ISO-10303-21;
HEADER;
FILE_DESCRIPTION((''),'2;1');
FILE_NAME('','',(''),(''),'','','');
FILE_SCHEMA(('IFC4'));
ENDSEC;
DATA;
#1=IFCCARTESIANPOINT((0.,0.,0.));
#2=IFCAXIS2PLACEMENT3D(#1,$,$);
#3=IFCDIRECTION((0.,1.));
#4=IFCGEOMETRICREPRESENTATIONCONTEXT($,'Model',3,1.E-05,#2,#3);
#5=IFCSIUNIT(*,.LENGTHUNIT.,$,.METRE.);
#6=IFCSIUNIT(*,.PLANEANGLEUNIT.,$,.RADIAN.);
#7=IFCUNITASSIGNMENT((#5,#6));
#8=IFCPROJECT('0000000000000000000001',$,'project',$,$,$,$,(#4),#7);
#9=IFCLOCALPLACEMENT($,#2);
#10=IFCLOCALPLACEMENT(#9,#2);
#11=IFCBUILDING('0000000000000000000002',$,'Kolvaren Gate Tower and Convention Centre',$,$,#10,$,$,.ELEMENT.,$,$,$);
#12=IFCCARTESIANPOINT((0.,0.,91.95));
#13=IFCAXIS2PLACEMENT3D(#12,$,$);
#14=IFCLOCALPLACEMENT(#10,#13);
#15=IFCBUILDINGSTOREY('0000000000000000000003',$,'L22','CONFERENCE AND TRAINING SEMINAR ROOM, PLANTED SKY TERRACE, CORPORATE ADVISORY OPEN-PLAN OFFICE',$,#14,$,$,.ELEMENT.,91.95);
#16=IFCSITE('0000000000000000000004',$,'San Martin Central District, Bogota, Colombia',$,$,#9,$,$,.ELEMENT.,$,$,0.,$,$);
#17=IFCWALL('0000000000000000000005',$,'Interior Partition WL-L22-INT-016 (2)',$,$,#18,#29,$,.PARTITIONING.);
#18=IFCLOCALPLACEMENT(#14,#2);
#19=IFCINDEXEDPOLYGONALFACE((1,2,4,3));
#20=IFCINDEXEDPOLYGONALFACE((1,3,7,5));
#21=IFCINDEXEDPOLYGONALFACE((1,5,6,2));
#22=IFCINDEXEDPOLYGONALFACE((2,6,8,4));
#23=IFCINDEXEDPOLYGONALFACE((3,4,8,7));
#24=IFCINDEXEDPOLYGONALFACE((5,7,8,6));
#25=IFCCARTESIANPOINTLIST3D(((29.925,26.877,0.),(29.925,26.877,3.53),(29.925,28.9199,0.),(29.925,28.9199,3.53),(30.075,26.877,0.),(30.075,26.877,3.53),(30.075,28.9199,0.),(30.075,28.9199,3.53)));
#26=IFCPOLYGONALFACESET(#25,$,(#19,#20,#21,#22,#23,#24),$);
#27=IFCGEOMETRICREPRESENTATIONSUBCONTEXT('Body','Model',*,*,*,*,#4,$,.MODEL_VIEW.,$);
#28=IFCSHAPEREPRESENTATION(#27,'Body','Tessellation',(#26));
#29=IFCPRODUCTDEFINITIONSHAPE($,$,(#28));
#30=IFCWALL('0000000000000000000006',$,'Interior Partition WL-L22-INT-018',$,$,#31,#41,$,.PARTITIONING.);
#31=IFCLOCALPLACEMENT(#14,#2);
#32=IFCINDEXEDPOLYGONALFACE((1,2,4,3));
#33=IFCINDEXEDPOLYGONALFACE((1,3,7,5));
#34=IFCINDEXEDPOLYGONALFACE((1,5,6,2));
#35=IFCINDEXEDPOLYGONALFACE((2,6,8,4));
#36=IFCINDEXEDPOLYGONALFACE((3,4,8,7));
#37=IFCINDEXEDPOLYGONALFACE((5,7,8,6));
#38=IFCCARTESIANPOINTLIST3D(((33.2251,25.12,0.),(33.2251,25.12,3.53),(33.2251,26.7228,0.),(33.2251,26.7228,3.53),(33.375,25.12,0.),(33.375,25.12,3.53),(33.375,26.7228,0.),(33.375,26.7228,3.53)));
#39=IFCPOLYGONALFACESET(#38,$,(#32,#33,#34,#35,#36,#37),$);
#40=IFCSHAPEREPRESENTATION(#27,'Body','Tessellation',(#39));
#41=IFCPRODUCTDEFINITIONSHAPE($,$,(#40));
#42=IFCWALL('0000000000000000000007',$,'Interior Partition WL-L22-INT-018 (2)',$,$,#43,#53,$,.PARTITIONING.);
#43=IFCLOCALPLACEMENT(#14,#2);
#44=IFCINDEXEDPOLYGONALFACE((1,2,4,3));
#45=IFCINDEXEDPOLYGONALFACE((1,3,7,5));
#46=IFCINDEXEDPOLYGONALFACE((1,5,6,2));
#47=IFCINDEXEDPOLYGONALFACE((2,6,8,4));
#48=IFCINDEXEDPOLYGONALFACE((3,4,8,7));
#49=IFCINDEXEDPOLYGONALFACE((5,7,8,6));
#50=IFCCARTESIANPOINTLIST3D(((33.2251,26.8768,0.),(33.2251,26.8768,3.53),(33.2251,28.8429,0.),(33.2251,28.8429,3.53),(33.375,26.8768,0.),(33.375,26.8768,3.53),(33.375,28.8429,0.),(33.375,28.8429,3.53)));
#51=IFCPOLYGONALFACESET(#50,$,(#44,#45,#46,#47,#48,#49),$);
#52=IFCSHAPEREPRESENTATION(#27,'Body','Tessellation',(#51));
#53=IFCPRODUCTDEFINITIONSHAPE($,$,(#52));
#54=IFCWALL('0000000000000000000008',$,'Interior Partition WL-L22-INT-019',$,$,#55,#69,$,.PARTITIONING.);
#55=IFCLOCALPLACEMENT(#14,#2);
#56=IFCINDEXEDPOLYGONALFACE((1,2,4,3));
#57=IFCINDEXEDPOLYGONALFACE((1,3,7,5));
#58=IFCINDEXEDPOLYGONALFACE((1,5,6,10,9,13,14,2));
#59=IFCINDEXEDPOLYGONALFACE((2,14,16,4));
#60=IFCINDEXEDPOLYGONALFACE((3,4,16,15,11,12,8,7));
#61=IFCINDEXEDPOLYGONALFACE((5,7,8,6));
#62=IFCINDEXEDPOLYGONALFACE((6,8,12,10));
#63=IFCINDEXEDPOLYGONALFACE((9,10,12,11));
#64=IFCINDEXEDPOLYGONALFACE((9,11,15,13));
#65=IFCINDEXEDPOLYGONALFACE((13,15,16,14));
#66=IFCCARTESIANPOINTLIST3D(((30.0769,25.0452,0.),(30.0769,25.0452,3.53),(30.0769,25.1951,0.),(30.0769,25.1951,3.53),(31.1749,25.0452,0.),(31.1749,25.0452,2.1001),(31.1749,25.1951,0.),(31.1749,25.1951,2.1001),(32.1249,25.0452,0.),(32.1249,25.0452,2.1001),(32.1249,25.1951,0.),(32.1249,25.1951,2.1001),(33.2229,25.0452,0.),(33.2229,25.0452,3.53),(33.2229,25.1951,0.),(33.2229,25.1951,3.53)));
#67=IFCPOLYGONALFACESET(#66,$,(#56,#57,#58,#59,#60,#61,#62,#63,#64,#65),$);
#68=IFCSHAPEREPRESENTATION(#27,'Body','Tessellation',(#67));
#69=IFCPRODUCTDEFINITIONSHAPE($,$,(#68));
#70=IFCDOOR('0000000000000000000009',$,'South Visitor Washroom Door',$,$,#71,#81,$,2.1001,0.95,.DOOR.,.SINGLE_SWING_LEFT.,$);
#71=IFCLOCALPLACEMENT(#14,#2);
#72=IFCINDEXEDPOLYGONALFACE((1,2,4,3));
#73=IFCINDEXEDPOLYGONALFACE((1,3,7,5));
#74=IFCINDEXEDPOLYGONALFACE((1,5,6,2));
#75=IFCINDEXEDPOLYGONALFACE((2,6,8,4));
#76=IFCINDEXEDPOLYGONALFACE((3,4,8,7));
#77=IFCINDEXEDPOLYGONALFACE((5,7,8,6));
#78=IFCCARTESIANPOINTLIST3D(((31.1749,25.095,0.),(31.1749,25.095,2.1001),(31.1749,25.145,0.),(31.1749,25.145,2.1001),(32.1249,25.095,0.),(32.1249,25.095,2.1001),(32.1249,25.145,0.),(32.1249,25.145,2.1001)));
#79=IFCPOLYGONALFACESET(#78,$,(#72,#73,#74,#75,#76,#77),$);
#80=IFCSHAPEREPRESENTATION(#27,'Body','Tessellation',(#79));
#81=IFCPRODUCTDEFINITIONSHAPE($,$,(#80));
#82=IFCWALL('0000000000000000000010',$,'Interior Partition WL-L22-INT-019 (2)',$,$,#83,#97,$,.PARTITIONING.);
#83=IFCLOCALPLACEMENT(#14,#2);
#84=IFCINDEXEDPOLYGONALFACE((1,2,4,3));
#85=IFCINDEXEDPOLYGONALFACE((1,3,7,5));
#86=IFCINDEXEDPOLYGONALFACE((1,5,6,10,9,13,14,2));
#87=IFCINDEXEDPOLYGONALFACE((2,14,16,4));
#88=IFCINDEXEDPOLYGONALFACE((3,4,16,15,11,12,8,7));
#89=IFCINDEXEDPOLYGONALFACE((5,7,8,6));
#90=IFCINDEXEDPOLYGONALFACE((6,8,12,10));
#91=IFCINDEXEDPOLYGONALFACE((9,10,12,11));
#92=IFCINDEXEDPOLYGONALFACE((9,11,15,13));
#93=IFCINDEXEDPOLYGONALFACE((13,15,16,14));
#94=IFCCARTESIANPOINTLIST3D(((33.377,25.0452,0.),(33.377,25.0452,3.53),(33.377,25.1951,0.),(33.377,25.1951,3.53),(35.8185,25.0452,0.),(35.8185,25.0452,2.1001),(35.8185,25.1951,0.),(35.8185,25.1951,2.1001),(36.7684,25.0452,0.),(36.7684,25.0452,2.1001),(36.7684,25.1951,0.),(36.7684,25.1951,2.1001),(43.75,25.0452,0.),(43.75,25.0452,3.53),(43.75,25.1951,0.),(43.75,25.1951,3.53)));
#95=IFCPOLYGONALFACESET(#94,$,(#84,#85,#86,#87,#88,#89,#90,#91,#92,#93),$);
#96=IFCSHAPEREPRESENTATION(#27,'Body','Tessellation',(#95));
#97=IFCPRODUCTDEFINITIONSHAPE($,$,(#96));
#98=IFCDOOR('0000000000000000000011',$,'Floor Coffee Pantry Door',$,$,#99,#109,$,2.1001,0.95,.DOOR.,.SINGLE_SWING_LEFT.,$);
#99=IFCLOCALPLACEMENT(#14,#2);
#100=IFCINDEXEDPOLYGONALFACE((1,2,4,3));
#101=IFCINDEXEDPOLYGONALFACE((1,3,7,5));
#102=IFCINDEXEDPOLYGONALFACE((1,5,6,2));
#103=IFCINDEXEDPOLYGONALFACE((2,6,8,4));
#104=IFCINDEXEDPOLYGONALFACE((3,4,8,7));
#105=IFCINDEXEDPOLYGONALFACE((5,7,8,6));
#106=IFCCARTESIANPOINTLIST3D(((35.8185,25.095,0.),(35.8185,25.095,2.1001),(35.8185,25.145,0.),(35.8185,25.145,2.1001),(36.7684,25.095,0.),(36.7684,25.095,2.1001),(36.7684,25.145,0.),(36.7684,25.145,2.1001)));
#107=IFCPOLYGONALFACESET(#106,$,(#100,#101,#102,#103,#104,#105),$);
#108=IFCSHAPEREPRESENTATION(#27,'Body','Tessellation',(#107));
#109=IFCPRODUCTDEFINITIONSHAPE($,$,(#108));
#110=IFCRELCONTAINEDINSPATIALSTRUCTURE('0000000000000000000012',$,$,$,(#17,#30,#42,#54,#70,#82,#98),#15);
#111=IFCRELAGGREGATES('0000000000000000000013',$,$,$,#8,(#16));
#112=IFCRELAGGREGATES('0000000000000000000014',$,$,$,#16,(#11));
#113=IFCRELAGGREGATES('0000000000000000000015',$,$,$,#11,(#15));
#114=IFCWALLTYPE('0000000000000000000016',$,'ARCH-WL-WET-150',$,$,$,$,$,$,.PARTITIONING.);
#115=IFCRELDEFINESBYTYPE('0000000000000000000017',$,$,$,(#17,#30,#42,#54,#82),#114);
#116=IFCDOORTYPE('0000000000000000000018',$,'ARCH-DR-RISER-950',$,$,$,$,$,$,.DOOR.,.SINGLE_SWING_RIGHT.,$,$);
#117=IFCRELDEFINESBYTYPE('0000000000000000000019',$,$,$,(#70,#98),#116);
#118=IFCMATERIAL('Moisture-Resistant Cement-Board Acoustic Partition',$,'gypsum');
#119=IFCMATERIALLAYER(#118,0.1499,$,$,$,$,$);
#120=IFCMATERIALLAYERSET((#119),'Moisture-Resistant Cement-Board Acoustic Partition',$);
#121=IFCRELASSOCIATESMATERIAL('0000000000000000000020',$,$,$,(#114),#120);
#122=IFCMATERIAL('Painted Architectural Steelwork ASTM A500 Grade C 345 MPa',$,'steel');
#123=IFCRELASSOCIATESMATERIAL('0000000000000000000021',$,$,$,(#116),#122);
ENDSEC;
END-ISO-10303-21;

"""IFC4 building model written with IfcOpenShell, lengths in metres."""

from ifc_helpers import new_model, si_unit, direction, frame, frame_2d, origin, place, context, subcontext, project, spatial, rectangle, extrude, material, layer, layer_set, type_object, element, fill, save


model = new_model("IFC4")

# Units and contexts
model_context = context("Model", 3, precision=1e-05, world=origin(), true_north=direction((0.0, 1.0)))
body_context = subcontext(model_context, "Body", "Model", "MODEL_VIEW")
ifc_project = project(units=[si_unit("LENGTHUNIT", "METRE"), si_unit("PLANEANGLEUNIT", "RADIAN")], contexts=[model_context])

# Site, building, storey
site_placement = place(None, origin())
site = spatial("IfcSite", under=ifc_project, at=site_placement, Name="San Martin Central District, Bogota, Colombia", CompositionType="ELEMENT", RefElevation=0.0)
building_placement = place(site_placement, origin())
building = spatial("IfcBuilding", under=site, at=building_placement, Name="Kolvaren Gate Tower and Convention Centre", CompositionType="ELEMENT")
storey_placement = place(building_placement, frame((0.0, 0.0, 91.95)))
storey = spatial("IfcBuildingStorey", under=building, at=storey_placement, Name="L22", Description="CONFERENCE AND TRAINING SEMINAR ROOM, PLANTED SKY TERRACE, CORPORATE ADVISORY OPEN-PLAN OFFICE", CompositionType="ELEMENT", Elevation=91.95)

# Walls
ifc_material_1 = material(Name="Moisture-Resistant Cement-Board Acoustic Partition", Category="gypsum")
ifc_layer_1 = layer(ifc_material_1, 0.1499)
ifc_layer_set_1 = layer_set([ifc_layer_1], Name="Moisture-Resistant Cement-Board Acoustic Partition")
wall_type_1 = type_object("IfcWallType", Name="ARCH-WL-WET-150", PredefinedType="PARTITIONING", material=ifc_layer_set_1)
wall_1_placement = place(storey_placement, frame((30.0, 26.877, 0.0), z_axis=(0.0, 0.0, 1.0), x_axis=(0.0, 1.0, 0.0)))
element("IfcWall", 1, at=wall_1_placement, inside=storey, type_object=wall_type_1, Name="Interior Partition WL-L22-INT-016 (2)", PredefinedType="PARTITIONING", context=body_context, shape_type="SweptSolid", body=[
    extrude(rectangle(XDim=2.043, YDim=0.1499, at=frame_2d((1.0215, 0.0))), origin(), (0.0, 0.0, 1.0), 3.53),
])
wall_2_placement = place(storey_placement, frame((33.3, 25.1201, 0.0), z_axis=(0.0, 0.0, 1.0), x_axis=(0.0, 1.0, 0.0)))
element("IfcWall", 2, at=wall_2_placement, inside=storey, type_object=wall_type_1, Name="Interior Partition WL-L22-INT-018", PredefinedType="PARTITIONING", context=body_context, shape_type="SweptSolid", body=[
    extrude(rectangle(XDim=1.6028, YDim=0.1499, at=frame_2d((0.8013, 0.0))), origin(), (0.0, 0.0, 1.0), 3.53),
])
wall_3_placement = place(storey_placement, frame((33.3, 26.877, 0.0), z_axis=(0.0, 0.0, 1.0), x_axis=(0.0, 1.0, 0.0)))
element("IfcWall", 3, at=wall_3_placement, inside=storey, type_object=wall_type_1, Name="Interior Partition WL-L22-INT-018 (2)", PredefinedType="PARTITIONING", context=body_context, shape_type="SweptSolid", body=[
    extrude(rectangle(XDim=1.9661, YDim=0.1499, at=frame_2d((0.9829, 0.0))), origin(), (0.0, 0.0, 1.0), 3.53),
])

# Walls, openings, doors
wall_4_placement = place(storey_placement, frame((30.0769, 25.1201, 0.0), z_axis=(0.0, 0.0, 1.0), x_axis=(1.0, 0.0, 0.0)))
wall_4 = element("IfcWall", 4, at=wall_4_placement, inside=storey, type_object=wall_type_1, Name="Interior Partition WL-L22-INT-019", PredefinedType="PARTITIONING", context=body_context, shape_type="SweptSolid", body=[
    extrude(rectangle(XDim=3.146, YDim=0.1499, at=frame_2d((1.573, 0.0))), origin(), (0.0, 0.0, 1.0), 3.53),
])
opening_1_placement = place(wall_4_placement, frame((1.0979, 0.0, 0.0)))
opening_1 = element("IfcOpeningElement", 5, at=opening_1_placement, cuts=wall_4, PredefinedType="OPENING", context=body_context, shape_type="SweptSolid", body=[
    extrude(rectangle(XDim=0.95, YDim=2.1001, at=frame_2d((0.4751, 1.05))), frame((0.0, 0.085, 0.0), z_axis=(0.0, -1.0, 0.0), x_axis=(1.0, 0.0, 0.0)), (0.0, 0.0, 1.0), 0.1699),
])
ifc_material_2 = material(Name="Painted Architectural Steelwork ASTM A500 Grade C 345 MPa", Category="steel")
door_type = type_object("IfcDoorType", Name="ARCH-DR-RISER-950", OperationType="SINGLE_SWING_RIGHT", PredefinedType="DOOR", material=ifc_material_2)
door_1_placement = place(opening_1_placement, origin())
door_1 = element("IfcDoor", 6, at=door_1_placement, inside=storey, type_object=door_type, Name="South Visitor Washroom Door", OperationType="SINGLE_SWING_LEFT", OverallHeight=2.1001, OverallWidth=0.95, PredefinedType="DOOR", context=body_context, shape_type="SweptSolid", body=[
    extrude(rectangle(XDim=0.95, YDim=2.1001, at=frame_2d((0.4751, 1.05))), frame((0.0, 0.0249, 0.0), z_axis=(0.0, -1.0, 0.0), x_axis=(1.0, 0.0, 0.0)), (0.0, 0.0, 1.0), 0.05),
])
fill(opening_1, door_1)
wall_5_placement = place(storey_placement, frame((33.377, 25.1201, 0.0), z_axis=(0.0, 0.0, 1.0), x_axis=(1.0, 0.0, 0.0)))
wall_5 = element("IfcWall", 7, at=wall_5_placement, inside=storey, type_object=wall_type_1, Name="Interior Partition WL-L22-INT-019 (2)", PredefinedType="PARTITIONING", context=body_context, shape_type="SweptSolid", body=[
    extrude(rectangle(XDim=10.373, YDim=0.1499, at=frame_2d((5.1865, 0.0))), origin(), (0.0, 0.0, 1.0), 3.53),
])
opening_2_placement = place(wall_5_placement, frame((2.4414, 0.0, 0.0)))
opening_2 = element("IfcOpeningElement", 8, at=opening_2_placement, cuts=wall_5, PredefinedType="OPENING", context=body_context, shape_type="SweptSolid", body=[
    extrude(rectangle(XDim=0.95, YDim=2.1001, at=frame_2d((0.4751, 1.05))), frame((0.0, 0.085, 0.0), z_axis=(0.0, -1.0, 0.0), x_axis=(1.0, 0.0, 0.0)), (0.0, 0.0, 1.0), 0.1699),
])
door_2_placement = place(opening_2_placement, origin())
door_2 = element("IfcDoor", 9, at=door_2_placement, inside=storey, type_object=door_type, Name="Floor Coffee Pantry Door", OperationType="SINGLE_SWING_LEFT", OverallHeight=2.1001, OverallWidth=0.95, PredefinedType="DOOR", context=body_context, shape_type="SweptSolid", body=[
    extrude(rectangle(XDim=0.95, YDim=2.1001, at=frame_2d((0.4751, 1.05))), frame((0.0, 0.0249, 0.0), z_axis=(0.0, -1.0, 0.0), x_axis=(1.0, 0.0, 0.0)), (0.0, 0.0, 1.0), 0.05),
])
fill(opening_2, door_2)

save(model, "model.ifc")
